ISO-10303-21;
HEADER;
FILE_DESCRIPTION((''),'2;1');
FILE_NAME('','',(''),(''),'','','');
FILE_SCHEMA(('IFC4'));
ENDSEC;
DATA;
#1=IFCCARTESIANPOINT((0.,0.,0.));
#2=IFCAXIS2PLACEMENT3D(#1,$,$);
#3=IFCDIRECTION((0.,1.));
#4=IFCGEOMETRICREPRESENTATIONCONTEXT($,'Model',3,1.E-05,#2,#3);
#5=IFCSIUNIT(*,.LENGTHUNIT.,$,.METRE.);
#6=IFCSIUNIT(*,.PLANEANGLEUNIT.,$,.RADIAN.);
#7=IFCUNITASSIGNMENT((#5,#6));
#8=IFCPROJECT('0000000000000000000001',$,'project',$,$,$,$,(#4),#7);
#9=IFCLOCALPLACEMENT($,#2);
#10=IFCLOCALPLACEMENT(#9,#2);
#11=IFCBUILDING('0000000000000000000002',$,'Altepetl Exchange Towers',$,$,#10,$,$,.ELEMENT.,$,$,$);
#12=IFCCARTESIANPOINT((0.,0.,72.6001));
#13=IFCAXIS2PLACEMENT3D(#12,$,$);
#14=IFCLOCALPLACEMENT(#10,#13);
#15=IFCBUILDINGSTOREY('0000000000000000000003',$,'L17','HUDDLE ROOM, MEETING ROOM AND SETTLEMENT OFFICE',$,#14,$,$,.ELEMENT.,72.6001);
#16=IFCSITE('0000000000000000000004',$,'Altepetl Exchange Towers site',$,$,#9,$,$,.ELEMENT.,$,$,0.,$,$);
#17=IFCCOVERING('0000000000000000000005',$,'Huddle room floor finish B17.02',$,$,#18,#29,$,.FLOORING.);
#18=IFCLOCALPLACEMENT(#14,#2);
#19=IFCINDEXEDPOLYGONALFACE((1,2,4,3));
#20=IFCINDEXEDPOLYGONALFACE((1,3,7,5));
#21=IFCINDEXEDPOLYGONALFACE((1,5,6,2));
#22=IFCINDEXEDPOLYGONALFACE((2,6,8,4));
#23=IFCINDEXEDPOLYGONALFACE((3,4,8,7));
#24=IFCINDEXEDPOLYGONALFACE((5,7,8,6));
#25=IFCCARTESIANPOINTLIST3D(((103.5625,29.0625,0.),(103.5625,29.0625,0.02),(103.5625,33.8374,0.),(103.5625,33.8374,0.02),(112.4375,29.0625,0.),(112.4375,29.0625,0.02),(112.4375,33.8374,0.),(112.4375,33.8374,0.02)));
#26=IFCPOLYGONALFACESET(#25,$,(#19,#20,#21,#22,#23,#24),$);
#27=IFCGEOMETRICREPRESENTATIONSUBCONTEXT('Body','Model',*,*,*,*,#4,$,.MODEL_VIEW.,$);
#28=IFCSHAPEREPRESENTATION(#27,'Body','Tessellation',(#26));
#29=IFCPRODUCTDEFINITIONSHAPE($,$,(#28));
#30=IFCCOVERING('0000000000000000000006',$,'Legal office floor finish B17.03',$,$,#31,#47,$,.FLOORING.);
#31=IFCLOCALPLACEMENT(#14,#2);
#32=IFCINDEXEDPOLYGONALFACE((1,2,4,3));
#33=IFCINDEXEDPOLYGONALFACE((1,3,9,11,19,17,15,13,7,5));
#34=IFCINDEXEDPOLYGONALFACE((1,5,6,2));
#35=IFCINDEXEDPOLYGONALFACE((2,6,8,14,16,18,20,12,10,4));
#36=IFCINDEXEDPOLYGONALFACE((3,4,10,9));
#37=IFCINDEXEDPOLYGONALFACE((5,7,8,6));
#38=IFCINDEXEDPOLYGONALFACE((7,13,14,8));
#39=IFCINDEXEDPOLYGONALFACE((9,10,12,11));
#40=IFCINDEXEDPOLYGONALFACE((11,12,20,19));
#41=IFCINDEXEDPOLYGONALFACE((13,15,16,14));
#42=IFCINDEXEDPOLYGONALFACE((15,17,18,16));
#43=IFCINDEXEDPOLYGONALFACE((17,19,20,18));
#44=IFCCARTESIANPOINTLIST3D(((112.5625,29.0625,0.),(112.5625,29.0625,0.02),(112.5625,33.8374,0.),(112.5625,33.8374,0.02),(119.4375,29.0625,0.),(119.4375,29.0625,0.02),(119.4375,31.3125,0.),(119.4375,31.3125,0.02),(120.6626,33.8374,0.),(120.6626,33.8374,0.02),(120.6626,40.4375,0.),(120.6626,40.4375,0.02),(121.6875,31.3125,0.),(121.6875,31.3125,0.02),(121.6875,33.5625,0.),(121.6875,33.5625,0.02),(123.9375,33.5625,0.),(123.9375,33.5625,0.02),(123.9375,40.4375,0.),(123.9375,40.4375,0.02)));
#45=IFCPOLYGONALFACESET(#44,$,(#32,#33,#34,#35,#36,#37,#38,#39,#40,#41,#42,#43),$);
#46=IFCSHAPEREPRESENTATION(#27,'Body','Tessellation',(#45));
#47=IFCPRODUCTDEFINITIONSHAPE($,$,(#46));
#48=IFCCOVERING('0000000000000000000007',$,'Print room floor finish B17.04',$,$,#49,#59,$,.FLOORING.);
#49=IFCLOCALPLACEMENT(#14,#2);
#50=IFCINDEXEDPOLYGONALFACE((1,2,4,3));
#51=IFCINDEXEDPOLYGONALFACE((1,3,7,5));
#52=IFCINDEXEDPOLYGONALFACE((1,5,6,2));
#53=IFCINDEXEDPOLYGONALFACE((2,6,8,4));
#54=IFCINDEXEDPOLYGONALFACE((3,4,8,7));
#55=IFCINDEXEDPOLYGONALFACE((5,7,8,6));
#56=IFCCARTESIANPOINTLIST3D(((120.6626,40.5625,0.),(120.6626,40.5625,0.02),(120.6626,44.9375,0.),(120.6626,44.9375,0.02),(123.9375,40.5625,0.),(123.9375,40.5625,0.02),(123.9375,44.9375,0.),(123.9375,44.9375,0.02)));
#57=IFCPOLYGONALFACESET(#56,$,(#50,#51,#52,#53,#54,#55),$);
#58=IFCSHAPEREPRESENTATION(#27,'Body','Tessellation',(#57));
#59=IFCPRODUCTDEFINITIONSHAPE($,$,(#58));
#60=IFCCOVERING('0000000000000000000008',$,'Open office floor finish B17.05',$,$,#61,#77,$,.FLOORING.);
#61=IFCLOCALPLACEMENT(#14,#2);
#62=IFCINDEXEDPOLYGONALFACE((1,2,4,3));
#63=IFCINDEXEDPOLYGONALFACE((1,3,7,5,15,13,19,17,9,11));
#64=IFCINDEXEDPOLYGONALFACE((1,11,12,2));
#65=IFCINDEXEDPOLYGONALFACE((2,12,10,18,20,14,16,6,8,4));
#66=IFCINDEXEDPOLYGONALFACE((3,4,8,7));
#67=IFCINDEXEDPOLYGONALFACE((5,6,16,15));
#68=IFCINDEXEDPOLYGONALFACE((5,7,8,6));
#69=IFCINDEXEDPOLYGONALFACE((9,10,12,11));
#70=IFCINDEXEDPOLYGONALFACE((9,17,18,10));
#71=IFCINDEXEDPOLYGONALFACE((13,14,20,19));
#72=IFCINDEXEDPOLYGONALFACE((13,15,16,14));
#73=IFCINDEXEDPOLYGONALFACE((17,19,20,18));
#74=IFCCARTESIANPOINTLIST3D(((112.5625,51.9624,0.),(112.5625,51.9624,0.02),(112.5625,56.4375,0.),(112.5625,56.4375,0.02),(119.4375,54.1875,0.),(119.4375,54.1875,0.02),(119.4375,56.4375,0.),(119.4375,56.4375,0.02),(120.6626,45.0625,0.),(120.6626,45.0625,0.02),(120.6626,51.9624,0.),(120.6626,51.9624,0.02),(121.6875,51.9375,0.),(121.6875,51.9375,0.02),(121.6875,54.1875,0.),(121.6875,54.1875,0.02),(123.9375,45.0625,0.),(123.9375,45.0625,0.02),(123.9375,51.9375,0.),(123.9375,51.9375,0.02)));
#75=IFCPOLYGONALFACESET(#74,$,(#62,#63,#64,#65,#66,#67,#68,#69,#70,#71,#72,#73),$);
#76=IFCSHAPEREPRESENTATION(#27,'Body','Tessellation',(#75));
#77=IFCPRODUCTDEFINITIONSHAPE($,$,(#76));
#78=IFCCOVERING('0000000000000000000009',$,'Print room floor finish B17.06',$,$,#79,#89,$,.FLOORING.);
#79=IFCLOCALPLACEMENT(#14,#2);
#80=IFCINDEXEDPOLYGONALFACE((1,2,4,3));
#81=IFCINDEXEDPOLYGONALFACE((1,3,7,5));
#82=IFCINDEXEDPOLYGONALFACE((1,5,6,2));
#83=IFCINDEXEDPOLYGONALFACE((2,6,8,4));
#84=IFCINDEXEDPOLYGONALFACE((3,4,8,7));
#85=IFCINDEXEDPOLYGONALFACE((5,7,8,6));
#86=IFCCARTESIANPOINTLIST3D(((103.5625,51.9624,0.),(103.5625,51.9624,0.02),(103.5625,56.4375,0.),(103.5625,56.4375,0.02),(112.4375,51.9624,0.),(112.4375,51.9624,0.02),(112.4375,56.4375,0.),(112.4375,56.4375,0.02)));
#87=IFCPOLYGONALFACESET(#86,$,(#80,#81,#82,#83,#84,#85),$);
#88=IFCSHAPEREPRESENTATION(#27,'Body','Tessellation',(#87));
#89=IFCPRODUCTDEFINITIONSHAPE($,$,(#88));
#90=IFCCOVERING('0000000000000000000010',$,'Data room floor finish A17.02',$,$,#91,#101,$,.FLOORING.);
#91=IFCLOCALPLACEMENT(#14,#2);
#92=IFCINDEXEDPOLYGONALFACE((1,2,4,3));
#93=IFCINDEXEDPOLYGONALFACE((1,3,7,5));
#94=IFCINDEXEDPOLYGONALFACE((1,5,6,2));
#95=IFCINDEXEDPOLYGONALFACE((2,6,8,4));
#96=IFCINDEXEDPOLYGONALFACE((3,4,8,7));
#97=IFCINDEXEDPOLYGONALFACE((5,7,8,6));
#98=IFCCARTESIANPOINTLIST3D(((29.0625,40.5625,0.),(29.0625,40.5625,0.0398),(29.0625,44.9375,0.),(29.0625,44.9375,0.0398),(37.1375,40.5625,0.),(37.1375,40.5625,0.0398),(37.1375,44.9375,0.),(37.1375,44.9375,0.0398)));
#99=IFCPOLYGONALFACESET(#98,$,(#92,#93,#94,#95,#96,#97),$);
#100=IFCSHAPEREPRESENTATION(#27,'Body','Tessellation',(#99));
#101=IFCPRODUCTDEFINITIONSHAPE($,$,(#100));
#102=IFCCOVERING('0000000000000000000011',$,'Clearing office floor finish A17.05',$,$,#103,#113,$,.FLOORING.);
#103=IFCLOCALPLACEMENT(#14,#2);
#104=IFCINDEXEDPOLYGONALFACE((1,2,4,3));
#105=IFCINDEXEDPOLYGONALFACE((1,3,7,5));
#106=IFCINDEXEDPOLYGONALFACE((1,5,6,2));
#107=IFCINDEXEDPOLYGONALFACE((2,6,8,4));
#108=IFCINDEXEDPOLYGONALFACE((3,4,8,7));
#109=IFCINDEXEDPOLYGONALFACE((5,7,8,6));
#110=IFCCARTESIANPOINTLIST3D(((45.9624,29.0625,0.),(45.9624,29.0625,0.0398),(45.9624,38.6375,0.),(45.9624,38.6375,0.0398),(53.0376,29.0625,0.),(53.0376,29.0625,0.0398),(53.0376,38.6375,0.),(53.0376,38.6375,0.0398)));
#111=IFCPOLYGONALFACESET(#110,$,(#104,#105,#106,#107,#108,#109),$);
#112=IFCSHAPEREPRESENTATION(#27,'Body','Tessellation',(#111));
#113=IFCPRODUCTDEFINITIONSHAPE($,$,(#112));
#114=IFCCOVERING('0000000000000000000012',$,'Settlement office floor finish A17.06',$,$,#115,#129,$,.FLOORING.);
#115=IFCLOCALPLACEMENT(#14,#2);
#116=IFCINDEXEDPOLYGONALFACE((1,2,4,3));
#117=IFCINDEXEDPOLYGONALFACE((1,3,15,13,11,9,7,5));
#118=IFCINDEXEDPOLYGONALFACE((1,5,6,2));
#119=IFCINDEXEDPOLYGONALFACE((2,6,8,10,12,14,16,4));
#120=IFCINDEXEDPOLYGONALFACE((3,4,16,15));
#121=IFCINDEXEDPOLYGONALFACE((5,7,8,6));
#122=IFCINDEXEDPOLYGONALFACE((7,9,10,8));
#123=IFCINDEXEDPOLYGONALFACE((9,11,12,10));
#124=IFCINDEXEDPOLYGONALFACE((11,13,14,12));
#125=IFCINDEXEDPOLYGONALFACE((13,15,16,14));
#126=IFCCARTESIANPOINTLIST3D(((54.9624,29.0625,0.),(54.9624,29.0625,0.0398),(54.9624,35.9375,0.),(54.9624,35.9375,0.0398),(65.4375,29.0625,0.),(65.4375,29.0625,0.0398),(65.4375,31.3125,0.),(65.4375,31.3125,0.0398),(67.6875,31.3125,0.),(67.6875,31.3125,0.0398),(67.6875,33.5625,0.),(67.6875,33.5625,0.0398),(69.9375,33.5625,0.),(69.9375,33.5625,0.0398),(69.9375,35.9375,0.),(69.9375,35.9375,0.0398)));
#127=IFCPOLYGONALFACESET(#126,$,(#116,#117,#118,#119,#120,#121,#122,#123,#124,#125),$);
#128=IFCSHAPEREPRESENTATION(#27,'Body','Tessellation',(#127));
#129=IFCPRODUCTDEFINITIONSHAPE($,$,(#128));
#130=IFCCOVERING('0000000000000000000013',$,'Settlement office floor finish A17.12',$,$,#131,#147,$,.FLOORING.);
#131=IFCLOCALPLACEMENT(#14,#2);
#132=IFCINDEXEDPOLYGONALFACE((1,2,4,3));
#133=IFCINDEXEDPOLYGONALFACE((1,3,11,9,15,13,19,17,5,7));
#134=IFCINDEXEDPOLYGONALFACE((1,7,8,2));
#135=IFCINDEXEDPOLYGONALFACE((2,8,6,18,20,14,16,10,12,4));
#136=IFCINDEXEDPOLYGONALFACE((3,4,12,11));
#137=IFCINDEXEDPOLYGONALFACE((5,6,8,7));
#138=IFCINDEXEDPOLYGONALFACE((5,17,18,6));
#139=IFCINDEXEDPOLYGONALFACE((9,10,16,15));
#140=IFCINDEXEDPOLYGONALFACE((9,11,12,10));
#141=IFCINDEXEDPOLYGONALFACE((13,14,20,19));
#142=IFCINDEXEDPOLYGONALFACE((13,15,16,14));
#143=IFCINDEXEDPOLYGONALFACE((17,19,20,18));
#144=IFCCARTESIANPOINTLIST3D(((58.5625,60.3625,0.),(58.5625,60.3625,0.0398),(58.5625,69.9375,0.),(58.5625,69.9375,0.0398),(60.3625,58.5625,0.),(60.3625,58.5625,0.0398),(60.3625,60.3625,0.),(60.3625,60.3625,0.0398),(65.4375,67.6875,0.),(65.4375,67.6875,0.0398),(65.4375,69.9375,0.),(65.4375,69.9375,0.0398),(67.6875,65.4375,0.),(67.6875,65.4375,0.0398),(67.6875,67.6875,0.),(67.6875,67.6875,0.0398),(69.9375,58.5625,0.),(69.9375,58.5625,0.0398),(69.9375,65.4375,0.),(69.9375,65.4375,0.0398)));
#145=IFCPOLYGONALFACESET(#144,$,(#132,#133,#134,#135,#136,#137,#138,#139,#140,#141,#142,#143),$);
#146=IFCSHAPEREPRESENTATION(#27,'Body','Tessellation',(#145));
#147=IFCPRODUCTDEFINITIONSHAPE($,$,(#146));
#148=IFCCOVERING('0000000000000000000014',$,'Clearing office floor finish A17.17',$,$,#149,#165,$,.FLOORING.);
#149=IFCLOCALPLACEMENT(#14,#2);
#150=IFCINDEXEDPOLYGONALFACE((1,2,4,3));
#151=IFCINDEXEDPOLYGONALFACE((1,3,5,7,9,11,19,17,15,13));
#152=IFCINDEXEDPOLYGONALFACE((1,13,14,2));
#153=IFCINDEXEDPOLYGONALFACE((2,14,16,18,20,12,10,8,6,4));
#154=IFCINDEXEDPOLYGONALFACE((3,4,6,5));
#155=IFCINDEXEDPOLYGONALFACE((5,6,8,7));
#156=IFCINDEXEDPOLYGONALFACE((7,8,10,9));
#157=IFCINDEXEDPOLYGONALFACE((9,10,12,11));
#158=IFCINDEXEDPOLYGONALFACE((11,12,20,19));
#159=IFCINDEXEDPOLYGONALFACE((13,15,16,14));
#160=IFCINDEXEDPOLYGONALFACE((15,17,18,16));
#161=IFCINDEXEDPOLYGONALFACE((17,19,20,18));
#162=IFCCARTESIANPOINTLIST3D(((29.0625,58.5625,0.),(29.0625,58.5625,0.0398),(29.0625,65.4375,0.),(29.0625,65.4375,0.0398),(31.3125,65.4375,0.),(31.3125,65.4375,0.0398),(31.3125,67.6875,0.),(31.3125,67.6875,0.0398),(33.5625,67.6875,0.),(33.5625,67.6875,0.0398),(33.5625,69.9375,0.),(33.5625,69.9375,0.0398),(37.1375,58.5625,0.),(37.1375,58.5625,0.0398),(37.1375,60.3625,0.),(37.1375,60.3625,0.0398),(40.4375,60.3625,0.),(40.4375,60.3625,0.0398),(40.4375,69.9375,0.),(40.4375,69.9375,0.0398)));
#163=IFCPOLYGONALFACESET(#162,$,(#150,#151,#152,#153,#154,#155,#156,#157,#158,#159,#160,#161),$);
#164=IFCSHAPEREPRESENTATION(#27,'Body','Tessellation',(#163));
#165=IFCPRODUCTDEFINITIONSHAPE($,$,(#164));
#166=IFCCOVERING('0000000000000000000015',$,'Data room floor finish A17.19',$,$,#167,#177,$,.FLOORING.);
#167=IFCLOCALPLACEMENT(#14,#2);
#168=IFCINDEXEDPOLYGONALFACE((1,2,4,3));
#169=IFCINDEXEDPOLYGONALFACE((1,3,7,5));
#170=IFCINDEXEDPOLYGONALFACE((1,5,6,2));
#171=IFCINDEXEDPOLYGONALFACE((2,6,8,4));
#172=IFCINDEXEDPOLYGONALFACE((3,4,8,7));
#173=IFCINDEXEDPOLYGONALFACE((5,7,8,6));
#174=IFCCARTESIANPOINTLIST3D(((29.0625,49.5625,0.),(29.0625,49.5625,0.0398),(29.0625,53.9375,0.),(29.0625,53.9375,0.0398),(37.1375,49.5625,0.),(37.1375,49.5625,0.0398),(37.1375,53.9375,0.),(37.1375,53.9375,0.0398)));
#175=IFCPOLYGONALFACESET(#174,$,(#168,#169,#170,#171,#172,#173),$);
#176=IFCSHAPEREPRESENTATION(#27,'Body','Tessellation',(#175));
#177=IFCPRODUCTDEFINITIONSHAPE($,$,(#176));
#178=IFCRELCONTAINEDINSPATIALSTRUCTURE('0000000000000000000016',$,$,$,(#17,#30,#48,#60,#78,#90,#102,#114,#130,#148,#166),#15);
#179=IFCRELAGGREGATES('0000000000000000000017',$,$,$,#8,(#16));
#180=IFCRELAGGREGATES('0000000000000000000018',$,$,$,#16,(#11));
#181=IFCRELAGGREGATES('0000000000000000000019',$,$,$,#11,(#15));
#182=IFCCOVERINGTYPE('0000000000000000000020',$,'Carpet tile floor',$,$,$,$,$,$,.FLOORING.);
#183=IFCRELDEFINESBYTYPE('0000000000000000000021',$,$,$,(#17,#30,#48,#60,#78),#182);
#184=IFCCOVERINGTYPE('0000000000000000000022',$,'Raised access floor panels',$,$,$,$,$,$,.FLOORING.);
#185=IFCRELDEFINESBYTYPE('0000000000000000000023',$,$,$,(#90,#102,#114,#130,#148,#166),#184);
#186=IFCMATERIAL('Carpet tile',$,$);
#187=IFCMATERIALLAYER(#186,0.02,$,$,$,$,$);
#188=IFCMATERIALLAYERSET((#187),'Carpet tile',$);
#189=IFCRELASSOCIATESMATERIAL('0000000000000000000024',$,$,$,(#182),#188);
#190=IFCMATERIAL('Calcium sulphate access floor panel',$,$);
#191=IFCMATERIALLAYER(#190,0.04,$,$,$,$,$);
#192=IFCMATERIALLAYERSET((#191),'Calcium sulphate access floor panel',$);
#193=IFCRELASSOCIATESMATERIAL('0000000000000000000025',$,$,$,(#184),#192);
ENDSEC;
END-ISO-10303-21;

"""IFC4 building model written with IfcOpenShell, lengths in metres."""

from ifc_helpers import new_model, si_unit, direction, frame, origin, place, context, subcontext, project, spatial, polyline, outline, extrude, material, layer, layer_set, type_object, element, save


model = new_model("IFC4")

# Units and contexts
model_context = context("Model", 3, precision=1e-05, world=origin(), true_north=direction((0.0, 1.0)))
body_context = subcontext(model_context, "Body", "Model", "MODEL_VIEW")
ifc_project = project(units=[si_unit("LENGTHUNIT", "METRE"), si_unit("PLANEANGLEUNIT", "RADIAN")], contexts=[model_context])

# Site, building, storey
site_placement = place(None, origin())
site = spatial("IfcSite", under=ifc_project, at=site_placement, Name="Altepetl Exchange Towers site", CompositionType="ELEMENT", RefElevation=0.0)
building_placement = place(site_placement, origin())
building = spatial("IfcBuilding", under=site, at=building_placement, Name="Altepetl Exchange Towers", CompositionType="ELEMENT")
storey_placement = place(building_placement, frame((0.0, 0.0, 72.6001)))
storey = spatial("IfcBuildingStorey", under=building, at=storey_placement, Name="L17", Description="HUDDLE ROOM, MEETING ROOM AND SETTLEMENT OFFICE", CompositionType="ELEMENT", Elevation=72.6001)

# Coverings
ifc_material_1 = material(Name="Carpet tile")
ifc_layer_1 = layer(ifc_material_1, 0.02)
ifc_layer_set_1 = layer_set([ifc_layer_1], Name="Carpet tile")
covering_type_1 = type_object("IfcCoveringType", Name="Carpet tile floor", PredefinedType="FLOORING", material=ifc_layer_set_1)
covering_1_placement = place(storey_placement, origin())
element("IfcCovering", 1, at=covering_1_placement, inside=storey, type_object=covering_type_1, Name="Huddle room floor finish B17.02", PredefinedType="FLOORING", context=body_context, shape_type="SweptSolid", body=[
    extrude(outline(polyline([(112.4375, 29.0625), (112.4375, 33.8374), (103.5625, 33.8374), (103.5625, 29.0625), (112.4375, 29.0625)])), origin(), (0.0, 0.0, 1.0), 0.02),
])
covering_2_placement = place(storey_placement, origin())
element("IfcCovering", 2, at=covering_2_placement, inside=storey, type_object=covering_type_1, Name="Legal office floor finish B17.03", PredefinedType="FLOORING", context=body_context, shape_type="SweptSolid", body=[
    extrude(outline(polyline([(123.9375, 40.4375), (120.6626, 40.4375), (120.6626, 33.8374), (112.5625, 33.8374), (112.5625, 29.0625), (119.4375, 29.0625), (119.4375, 31.3125), (121.6875, 31.3125), (121.6875, 33.5625), (123.9375, 33.5625), (123.9375, 40.4375)])), origin(), (0.0, 0.0, 1.0), 0.02),
])
covering_3_placement = place(storey_placement, origin())
element("IfcCovering", 3, at=covering_3_placement, inside=storey, type_object=covering_type_1, Name="Print room floor finish B17.04", PredefinedType="FLOORING", context=body_context, shape_type="SweptSolid", body=[
    extrude(outline(polyline([(123.9375, 44.9375), (120.6626, 44.9375), (120.6626, 40.5625), (123.9375, 40.5625), (123.9375, 44.9375)])), origin(), (0.0, 0.0, 1.0), 0.02),
])
covering_4_placement = place(storey_placement, origin())
element("IfcCovering", 4, at=covering_4_placement, inside=storey, type_object=covering_type_1, Name="Open office floor finish B17.05", PredefinedType="FLOORING", context=body_context, shape_type="SweptSolid", body=[
    extrude(outline(polyline([(112.5625, 56.4375), (112.5625, 51.9624), (120.6626, 51.9624), (120.6626, 45.0625), (123.9375, 45.0625), (123.9375, 51.9375), (121.6875, 51.9375), (121.6875, 54.1875), (119.4375, 54.1875), (119.4375, 56.4375), (112.5625, 56.4375)])), origin(), (0.0, 0.0, 1.0), 0.02),
])
covering_5_placement = place(storey_placement, origin())
element("IfcCovering", 5, at=covering_5_placement, inside=storey, type_object=covering_type_1, Name="Print room floor finish B17.06", PredefinedType="FLOORING", context=body_context, shape_type="SweptSolid", body=[
    extrude(outline(polyline([(103.5625, 56.4375), (103.5625, 51.9624), (112.4375, 51.9624), (112.4375, 56.4375), (103.5625, 56.4375)])), origin(), (0.0, 0.0, 1.0), 0.02),
])
ifc_material_2 = material(Name="Calcium sulphate access floor panel")
ifc_layer_2 = layer(ifc_material_2, 0.04)
ifc_layer_set_2 = layer_set([ifc_layer_2], Name="Calcium sulphate access floor panel")
covering_type_2 = type_object("IfcCoveringType", Name="Raised access floor panels", PredefinedType="FLOORING", material=ifc_layer_set_2)
covering_6_placement = place(storey_placement, origin())
element("IfcCovering", 6, at=covering_6_placement, inside=storey, type_object=covering_type_2, Name="Data room floor finish A17.02", PredefinedType="FLOORING", context=body_context, shape_type="SweptSolid", body=[
    extrude(outline(polyline([(37.1375, 44.9375), (29.0625, 44.9375), (29.0625, 40.5625), (37.1375, 40.5625), (37.1375, 44.9375)])), origin(), (0.0, 0.0, 1.0), 0.0398),
])
covering_7_placement = place(storey_placement, origin())
element("IfcCovering", 7, at=covering_7_placement, inside=storey, type_object=covering_type_2, Name="Clearing office floor finish A17.05", PredefinedType="FLOORING", context=body_context, shape_type="SweptSolid", body=[
    extrude(outline(polyline([(45.9624, 38.6375), (45.9624, 29.0625), (53.0376, 29.0625), (53.0376, 38.6375), (45.9624, 38.6375)])), origin(), (0.0, 0.0, 1.0), 0.0398),
])
covering_8_placement = place(storey_placement, origin())
element("IfcCovering", 8, at=covering_8_placement, inside=storey, type_object=covering_type_2, Name="Settlement office floor finish A17.06", PredefinedType="FLOORING", context=body_context, shape_type="SweptSolid", body=[
    extrude(outline(polyline([(69.9375, 35.9375), (54.9624, 35.9375), (54.9624, 29.0625), (65.4375, 29.0625), (65.4375, 31.3125), (67.6875, 31.3125), (67.6875, 33.5625), (69.9375, 33.5625), (69.9375, 35.9375)])), origin(), (0.0, 0.0, 1.0), 0.0398),
])
covering_9_placement = place(storey_placement, origin())
element("IfcCovering", 9, at=covering_9_placement, inside=storey, type_object=covering_type_2, Name="Settlement office floor finish A17.12", PredefinedType="FLOORING", context=body_context, shape_type="SweptSolid", body=[
    extrude(outline(polyline([(69.9375, 58.5625), (69.9375, 65.4375), (67.6875, 65.4375), (67.6875, 67.6875), (65.4375, 67.6875), (65.4375, 69.9375), (58.5625, 69.9375), (58.5625, 60.3625), (60.3625, 60.3625), (60.3625, 58.5625), (69.9375, 58.5625)])), origin(), (0.0, 0.0, 1.0), 0.0398),
])
covering_10_placement = place(storey_placement, origin())
element("IfcCovering", 10, at=covering_10_placement, inside=storey, type_object=covering_type_2, Name="Clearing office floor finish A17.17", PredefinedType="FLOORING", context=body_context, shape_type="SweptSolid", body=[
    extrude(outline(polyline([(33.5625, 69.9375), (33.5625, 67.6875), (31.3125, 67.6875), (31.3125, 65.4375), (29.0625, 65.4375), (29.0625, 58.5625), (37.1375, 58.5625), (37.1375, 60.3625), (40.4375, 60.3625), (40.4375, 69.9375), (33.5625, 69.9375)])), origin(), (0.0, 0.0, 1.0), 0.0398),
])
covering_11_placement = place(storey_placement, origin())
element("IfcCovering", 11, at=covering_11_placement, inside=storey, type_object=covering_type_2, Name="Data room floor finish A17.19", PredefinedType="FLOORING", context=body_context, shape_type="SweptSolid", body=[
    extrude(outline(polyline([(37.1375, 53.9375), (29.0625, 53.9375), (29.0625, 49.5625), (37.1375, 49.5625), (37.1375, 53.9375)])), origin(), (0.0, 0.0, 1.0), 0.0398),
])

save(model, "model.ifc")
